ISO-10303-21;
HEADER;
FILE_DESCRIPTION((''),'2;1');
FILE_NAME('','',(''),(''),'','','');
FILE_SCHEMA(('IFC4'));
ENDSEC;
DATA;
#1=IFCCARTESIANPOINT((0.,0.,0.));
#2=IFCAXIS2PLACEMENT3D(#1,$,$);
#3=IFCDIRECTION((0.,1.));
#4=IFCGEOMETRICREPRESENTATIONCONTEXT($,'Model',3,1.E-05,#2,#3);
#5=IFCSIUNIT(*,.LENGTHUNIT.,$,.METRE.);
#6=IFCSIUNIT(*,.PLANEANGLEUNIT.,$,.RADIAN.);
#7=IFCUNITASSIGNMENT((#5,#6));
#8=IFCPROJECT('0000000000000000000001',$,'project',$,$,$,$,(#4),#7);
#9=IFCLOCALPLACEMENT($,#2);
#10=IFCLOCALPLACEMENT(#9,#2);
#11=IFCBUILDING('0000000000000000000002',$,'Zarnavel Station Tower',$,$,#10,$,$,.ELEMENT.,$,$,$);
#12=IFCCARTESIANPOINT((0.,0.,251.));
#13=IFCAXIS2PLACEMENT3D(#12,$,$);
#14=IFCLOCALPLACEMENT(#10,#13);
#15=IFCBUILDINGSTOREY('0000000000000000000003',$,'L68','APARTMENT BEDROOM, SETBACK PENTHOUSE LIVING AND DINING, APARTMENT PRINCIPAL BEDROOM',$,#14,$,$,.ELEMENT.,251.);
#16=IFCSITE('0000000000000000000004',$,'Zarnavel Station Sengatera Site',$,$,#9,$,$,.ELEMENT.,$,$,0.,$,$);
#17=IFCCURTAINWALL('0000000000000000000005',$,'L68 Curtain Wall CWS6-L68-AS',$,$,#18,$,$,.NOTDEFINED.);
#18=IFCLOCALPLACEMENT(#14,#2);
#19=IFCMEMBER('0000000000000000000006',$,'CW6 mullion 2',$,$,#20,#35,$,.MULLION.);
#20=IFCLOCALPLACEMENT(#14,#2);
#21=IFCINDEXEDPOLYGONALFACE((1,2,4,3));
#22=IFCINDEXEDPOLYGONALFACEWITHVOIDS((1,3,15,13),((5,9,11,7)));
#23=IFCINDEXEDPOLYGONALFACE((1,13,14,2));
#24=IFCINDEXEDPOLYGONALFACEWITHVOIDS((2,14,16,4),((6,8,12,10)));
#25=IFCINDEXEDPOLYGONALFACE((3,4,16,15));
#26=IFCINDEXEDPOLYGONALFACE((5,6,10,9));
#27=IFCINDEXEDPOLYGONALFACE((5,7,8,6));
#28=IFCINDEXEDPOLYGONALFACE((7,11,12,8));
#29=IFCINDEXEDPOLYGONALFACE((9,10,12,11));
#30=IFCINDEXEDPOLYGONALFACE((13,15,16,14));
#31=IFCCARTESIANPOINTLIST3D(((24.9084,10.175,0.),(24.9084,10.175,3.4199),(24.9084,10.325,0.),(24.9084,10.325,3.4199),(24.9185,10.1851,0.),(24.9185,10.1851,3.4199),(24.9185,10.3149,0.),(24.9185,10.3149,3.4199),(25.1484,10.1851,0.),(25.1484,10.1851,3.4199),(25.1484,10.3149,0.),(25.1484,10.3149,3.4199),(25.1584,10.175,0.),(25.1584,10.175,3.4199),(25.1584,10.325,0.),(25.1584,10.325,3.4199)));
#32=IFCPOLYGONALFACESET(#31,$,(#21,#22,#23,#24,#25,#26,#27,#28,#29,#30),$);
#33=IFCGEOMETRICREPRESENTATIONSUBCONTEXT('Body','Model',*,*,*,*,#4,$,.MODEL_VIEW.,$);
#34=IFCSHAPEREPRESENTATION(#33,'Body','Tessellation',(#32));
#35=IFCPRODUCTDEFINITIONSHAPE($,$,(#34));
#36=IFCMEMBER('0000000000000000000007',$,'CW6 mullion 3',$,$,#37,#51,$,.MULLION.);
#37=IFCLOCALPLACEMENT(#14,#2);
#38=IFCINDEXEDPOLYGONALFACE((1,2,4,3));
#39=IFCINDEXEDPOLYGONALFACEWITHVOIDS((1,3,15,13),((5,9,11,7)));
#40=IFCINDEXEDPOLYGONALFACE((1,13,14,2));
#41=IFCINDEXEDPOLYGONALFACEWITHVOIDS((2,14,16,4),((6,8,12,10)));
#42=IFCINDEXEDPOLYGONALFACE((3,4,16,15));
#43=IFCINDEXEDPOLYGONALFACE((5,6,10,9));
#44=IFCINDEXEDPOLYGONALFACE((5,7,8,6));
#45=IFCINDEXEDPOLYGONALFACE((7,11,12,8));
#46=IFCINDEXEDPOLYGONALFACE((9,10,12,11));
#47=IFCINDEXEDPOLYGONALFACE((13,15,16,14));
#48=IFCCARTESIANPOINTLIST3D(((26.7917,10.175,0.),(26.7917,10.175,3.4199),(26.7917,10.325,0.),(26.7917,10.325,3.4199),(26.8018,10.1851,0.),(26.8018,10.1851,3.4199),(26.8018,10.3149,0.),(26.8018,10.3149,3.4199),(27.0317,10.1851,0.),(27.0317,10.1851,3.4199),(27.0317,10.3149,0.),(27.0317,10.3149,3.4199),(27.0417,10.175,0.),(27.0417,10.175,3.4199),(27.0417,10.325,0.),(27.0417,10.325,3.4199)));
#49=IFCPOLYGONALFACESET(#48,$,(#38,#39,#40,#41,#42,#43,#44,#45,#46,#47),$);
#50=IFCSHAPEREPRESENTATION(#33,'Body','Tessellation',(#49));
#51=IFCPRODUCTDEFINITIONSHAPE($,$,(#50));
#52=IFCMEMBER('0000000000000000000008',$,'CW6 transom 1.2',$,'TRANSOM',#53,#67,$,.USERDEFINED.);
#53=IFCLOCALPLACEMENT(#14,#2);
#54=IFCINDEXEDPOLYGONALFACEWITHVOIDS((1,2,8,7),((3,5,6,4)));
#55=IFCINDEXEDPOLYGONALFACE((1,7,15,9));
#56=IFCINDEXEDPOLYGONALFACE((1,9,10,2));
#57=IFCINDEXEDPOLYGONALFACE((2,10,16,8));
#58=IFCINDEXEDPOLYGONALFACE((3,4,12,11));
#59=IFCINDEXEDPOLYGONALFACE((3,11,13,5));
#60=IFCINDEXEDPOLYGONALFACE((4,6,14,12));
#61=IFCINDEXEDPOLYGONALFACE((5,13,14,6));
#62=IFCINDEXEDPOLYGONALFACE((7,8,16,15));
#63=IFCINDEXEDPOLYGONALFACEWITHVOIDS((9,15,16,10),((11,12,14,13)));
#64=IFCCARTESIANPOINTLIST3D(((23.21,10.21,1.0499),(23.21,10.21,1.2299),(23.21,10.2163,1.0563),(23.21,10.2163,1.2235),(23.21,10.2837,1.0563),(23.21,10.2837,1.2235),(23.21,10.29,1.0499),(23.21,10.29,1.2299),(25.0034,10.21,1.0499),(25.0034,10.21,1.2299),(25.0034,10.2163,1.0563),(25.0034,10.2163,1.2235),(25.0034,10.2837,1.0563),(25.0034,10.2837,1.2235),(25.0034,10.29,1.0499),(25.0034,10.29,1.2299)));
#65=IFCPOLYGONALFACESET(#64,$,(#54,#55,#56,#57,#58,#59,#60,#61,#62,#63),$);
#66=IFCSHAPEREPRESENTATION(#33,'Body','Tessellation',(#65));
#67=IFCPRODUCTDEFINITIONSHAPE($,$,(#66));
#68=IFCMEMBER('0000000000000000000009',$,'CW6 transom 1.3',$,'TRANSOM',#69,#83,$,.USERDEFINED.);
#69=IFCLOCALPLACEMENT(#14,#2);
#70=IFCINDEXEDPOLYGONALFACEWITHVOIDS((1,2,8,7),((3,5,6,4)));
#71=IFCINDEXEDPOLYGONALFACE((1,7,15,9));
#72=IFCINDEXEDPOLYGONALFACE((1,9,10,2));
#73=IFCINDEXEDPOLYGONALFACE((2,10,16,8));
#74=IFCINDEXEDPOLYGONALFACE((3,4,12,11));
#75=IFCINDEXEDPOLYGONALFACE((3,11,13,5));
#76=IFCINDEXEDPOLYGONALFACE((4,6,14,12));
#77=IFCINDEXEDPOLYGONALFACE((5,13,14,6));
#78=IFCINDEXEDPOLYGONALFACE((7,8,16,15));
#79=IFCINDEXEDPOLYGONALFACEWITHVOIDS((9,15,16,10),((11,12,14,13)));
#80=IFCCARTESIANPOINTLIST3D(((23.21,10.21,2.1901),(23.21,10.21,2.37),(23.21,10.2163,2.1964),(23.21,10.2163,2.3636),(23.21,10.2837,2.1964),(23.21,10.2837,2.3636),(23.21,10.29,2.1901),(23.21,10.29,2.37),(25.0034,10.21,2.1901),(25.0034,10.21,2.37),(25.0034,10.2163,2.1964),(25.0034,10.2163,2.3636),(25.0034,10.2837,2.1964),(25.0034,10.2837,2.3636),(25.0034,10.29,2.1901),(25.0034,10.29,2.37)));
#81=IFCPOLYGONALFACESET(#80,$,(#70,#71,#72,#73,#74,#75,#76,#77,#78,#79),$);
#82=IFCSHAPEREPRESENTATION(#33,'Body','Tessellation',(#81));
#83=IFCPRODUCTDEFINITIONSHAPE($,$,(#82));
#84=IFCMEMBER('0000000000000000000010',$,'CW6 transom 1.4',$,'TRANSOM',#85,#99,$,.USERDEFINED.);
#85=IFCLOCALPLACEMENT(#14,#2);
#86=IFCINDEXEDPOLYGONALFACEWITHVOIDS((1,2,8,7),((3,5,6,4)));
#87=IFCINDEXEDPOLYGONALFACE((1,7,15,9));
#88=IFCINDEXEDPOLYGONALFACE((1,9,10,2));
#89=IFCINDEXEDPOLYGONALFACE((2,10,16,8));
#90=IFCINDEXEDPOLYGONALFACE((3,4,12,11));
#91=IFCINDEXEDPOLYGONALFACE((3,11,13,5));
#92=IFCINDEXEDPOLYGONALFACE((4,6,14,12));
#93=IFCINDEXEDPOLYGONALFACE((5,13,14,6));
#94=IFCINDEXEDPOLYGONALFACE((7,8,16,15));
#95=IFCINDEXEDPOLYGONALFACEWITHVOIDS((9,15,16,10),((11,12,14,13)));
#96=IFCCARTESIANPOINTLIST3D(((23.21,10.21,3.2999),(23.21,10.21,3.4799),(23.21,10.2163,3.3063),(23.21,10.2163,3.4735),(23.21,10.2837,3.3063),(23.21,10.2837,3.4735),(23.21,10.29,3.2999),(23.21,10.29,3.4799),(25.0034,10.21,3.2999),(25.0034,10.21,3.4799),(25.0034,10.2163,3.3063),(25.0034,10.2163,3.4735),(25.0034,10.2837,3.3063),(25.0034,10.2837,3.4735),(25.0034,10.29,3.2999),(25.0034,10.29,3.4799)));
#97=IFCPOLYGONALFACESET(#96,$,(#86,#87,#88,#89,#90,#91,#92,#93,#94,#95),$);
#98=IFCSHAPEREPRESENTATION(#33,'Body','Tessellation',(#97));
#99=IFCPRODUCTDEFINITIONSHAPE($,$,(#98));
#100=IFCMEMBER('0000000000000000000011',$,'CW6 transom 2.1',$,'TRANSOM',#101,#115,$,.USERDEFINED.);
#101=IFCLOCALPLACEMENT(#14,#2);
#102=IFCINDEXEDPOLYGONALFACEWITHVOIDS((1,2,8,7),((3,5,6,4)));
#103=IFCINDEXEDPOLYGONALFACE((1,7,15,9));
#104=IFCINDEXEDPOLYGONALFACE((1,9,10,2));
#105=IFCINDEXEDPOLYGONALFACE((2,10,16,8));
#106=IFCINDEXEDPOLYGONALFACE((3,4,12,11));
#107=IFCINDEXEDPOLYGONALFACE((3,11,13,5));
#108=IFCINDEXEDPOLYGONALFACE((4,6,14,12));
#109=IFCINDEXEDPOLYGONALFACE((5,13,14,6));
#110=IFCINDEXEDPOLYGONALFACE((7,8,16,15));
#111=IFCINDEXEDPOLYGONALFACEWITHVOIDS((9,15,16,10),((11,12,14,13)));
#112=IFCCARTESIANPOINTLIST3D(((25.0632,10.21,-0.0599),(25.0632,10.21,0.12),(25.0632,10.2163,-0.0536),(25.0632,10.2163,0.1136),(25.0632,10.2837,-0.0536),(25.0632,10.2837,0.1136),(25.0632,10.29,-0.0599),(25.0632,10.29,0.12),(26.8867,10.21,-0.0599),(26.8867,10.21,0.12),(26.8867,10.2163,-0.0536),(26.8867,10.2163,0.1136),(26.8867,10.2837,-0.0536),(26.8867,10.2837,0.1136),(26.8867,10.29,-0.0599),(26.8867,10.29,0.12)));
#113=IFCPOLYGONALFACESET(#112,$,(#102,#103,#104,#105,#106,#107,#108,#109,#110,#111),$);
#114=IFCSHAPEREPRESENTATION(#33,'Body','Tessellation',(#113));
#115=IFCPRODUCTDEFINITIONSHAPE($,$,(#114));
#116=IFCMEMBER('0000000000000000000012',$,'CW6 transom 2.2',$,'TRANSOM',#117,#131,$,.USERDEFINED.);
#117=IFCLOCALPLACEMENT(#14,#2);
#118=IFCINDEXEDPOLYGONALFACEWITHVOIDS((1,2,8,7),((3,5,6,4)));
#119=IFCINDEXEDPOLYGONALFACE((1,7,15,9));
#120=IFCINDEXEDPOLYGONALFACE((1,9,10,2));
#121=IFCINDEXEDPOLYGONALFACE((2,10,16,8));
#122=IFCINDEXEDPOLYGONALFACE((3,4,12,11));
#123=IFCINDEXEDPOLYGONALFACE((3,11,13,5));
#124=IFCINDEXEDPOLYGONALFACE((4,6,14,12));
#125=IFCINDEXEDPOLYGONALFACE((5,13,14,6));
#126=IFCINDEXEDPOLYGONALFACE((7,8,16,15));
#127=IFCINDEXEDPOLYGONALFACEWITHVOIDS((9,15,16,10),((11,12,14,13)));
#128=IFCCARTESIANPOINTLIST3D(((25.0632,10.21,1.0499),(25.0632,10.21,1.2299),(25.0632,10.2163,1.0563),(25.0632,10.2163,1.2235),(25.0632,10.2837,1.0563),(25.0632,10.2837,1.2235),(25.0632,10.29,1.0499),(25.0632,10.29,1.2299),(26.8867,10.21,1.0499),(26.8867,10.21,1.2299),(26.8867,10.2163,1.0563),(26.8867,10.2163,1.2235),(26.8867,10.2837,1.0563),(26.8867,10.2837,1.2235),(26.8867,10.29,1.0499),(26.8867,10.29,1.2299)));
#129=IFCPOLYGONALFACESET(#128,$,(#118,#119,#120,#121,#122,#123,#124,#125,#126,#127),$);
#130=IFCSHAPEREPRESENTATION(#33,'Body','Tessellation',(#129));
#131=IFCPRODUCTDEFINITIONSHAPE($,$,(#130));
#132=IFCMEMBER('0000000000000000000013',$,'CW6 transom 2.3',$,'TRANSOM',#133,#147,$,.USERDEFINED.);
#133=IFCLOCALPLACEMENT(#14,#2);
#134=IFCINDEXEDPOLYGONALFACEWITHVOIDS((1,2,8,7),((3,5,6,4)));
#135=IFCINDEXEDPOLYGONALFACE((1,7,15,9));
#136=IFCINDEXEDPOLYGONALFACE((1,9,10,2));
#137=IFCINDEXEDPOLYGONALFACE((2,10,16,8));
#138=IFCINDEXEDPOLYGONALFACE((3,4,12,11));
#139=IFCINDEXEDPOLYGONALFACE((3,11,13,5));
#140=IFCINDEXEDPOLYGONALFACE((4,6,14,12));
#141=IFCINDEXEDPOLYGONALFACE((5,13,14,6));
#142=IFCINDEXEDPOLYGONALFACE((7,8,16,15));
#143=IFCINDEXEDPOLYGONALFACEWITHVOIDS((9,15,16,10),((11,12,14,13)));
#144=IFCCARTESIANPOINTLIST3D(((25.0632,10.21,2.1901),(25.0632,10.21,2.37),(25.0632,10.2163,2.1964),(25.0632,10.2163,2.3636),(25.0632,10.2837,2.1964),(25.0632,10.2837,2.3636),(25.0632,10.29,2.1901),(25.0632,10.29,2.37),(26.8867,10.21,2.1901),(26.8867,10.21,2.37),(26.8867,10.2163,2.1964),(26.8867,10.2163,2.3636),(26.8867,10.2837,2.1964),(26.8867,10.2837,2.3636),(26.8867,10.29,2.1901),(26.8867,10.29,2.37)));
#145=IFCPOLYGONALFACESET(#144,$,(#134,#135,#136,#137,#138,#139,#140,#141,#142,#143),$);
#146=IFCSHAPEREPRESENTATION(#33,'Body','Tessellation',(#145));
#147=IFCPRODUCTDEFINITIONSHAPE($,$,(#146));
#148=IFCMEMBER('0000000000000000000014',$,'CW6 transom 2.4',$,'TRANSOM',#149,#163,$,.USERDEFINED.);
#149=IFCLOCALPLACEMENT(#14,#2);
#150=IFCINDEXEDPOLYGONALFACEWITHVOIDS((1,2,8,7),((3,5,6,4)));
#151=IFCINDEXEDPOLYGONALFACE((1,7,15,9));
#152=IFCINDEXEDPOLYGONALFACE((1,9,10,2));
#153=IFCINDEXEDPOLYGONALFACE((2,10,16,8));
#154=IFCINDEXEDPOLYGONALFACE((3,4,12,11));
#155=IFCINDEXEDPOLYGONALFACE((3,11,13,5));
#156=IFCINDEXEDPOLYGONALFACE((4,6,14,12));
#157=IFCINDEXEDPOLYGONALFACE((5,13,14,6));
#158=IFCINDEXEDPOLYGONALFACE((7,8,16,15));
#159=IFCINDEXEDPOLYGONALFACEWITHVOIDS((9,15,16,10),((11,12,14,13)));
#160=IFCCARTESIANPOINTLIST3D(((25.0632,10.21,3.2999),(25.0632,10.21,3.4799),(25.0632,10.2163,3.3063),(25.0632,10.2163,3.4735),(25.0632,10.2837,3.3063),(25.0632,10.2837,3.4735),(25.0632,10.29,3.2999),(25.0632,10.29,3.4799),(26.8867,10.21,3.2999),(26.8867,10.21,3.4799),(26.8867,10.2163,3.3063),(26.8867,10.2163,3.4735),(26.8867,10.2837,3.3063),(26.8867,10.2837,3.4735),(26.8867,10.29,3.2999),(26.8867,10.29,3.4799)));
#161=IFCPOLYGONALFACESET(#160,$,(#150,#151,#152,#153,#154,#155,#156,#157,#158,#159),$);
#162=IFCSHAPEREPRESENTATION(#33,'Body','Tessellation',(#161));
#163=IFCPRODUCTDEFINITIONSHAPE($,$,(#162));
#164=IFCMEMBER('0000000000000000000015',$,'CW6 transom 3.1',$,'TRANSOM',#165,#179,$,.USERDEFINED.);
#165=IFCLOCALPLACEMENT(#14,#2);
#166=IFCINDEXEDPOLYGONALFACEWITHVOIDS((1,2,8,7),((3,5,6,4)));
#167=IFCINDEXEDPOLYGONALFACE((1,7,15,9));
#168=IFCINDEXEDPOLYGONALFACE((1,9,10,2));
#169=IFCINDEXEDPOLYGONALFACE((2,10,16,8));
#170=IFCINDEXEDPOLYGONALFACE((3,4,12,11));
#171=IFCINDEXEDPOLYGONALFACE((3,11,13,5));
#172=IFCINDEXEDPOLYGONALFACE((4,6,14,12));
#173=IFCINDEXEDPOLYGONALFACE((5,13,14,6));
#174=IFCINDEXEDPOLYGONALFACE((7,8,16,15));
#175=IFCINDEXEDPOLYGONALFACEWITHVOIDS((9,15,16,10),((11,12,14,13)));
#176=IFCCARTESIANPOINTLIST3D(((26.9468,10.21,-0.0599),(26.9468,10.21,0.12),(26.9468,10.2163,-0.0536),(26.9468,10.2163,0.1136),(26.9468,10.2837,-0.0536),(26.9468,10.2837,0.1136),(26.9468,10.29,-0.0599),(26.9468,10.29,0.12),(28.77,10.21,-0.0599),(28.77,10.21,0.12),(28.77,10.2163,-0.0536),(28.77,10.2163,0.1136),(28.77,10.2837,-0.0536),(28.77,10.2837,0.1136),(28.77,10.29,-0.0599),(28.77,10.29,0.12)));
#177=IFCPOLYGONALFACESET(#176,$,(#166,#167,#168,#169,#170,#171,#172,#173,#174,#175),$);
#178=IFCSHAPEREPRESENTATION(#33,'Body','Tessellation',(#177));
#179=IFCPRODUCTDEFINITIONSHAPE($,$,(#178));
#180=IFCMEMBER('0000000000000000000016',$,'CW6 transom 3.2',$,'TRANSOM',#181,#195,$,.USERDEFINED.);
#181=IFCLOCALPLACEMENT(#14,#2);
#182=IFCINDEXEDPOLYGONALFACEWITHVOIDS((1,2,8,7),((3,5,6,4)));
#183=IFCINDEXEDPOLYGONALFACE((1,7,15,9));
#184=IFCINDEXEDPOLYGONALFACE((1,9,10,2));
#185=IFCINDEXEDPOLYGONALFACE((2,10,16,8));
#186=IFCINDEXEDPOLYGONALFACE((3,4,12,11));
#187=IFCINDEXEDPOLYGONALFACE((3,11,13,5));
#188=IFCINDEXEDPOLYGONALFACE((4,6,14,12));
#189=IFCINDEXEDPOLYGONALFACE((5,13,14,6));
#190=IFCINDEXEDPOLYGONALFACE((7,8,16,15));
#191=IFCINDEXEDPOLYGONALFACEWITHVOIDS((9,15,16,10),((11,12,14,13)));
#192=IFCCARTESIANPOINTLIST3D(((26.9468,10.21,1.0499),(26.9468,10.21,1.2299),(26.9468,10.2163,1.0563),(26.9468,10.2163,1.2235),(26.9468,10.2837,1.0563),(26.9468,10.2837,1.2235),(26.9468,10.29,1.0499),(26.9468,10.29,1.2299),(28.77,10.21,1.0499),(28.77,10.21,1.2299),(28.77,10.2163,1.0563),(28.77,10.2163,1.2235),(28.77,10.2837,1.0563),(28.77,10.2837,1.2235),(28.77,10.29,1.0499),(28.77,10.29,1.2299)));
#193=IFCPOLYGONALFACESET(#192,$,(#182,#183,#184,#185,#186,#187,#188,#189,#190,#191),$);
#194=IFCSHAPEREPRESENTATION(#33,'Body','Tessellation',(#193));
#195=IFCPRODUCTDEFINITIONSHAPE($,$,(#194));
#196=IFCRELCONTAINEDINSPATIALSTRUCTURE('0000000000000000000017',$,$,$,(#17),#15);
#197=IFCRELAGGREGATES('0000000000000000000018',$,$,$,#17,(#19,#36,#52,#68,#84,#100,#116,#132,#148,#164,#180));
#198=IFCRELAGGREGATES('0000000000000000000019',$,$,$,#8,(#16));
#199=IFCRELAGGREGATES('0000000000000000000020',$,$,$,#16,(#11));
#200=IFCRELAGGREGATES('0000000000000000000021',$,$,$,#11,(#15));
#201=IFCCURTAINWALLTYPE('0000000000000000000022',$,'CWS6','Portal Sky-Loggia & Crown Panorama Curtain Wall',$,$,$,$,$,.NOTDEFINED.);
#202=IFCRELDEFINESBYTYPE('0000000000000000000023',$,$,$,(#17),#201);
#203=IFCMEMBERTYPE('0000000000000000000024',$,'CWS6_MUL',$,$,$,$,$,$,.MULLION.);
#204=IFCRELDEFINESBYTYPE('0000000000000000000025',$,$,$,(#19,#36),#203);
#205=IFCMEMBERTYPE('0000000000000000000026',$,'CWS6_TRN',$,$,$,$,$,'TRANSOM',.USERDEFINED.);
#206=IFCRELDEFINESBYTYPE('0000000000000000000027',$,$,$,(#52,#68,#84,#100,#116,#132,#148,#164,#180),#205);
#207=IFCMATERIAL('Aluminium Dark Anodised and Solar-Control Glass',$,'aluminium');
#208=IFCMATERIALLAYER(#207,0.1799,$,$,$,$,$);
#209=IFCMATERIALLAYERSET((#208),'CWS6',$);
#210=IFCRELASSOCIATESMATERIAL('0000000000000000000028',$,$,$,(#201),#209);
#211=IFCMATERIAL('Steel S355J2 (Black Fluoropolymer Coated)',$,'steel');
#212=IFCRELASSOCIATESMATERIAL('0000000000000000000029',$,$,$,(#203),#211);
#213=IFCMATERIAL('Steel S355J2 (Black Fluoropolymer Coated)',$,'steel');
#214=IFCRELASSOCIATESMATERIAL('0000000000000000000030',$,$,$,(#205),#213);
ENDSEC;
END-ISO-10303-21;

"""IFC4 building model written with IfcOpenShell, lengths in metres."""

from ifc_helpers import new_model, si_unit, direction, frame, origin, origin_2d, place, context, subcontext, project, spatial, hollow_rectangle, extrude, material, layer, layer_set, material_profile, profile_set, type_object, element, aggregate, save


model = new_model("IFC4")

# Units and contexts
model_context = context("Model", 3, precision=1e-05, world=origin(), true_north=direction((0.0, 1.0)))
body_context = subcontext(model_context, "Body", "Model", "MODEL_VIEW")
ifc_project = project(units=[si_unit("LENGTHUNIT", "METRE"), si_unit("PLANEANGLEUNIT", "RADIAN")], contexts=[model_context])

# Site, building, storey
site_placement = place(None, origin())
site = spatial("IfcSite", under=ifc_project, at=site_placement, Name="Zarnavel Station Sengatera Site", CompositionType="ELEMENT", RefElevation=0.0)
building_placement = place(site_placement, origin())
building = spatial("IfcBuilding", under=site, at=building_placement, Name="Zarnavel Station Tower", CompositionType="ELEMENT")
storey_placement = place(building_placement, frame((0.0, 0.0, 251.0)))
storey = spatial("IfcBuildingStorey", under=building, at=storey_placement, Name="L68", Description="APARTMENT BEDROOM, SETBACK PENTHOUSE LIVING AND DINING, APARTMENT PRINCIPAL BEDROOM", CompositionType="ELEMENT", Elevation=251.0)

# Curtain wall, members
ifc_material_1 = material(Name="Aluminium Dark Anodised and Solar-Control Glass", Category="aluminium")
ifc_layer_1 = layer(ifc_material_1, 0.1799)
ifc_layer_set_1 = layer_set([ifc_layer_1], Name="CWS6")
curtain_wall_type = type_object("IfcCurtainWallType", Name="CWS6", Description="Portal Sky-Loggia & Crown Panorama Curtain Wall", PredefinedType="NOTDEFINED", material=ifc_layer_set_1)
curtain_wall_placement = place(storey_placement, origin())
curtain_wall = element("IfcCurtainWall", 1, at=curtain_wall_placement, inside=storey, type_object=curtain_wall_type, Name="L68 Curtain Wall CWS6-L68-AS", PredefinedType="NOTDEFINED")
ifc_material_2 = material(Name="Steel S355J2 (Black Fluoropolymer Coated)", Category="steel")
ifc_material_profile_1 = material_profile(ifc_material_2, hollow_rectangle(XDim=0.1499, YDim=0.25, WallThickness=0.01, at=origin_2d()), Name="RHS250x150x10")
ifc_profile_set_1 = profile_set([ifc_material_profile_1], Name="Steel S355J2 (Black Fluoropolymer Coated)")
member_type_1 = type_object("IfcMemberType", Name="CWS6_MUL", PredefinedType="MULLION", material=ifc_profile_set_1)
member_1_placement = place(storey_placement, frame((25.0334, 10.25, 0.0), z_axis=(0.0, 0.0, 1.0), x_axis=(0.0, 1.0, 0.0)))
member_1 = element("IfcMember", 2, at=member_1_placement, type_object=member_type_1, Name="CW6 mullion 2", PredefinedType="MULLION", context=body_context, shape_type="SweptSolid", body=[
    extrude(hollow_rectangle(XDim=0.1499, YDim=0.25, WallThickness=0.01, at=origin_2d()), origin(), (0.0, 0.0, 1.0), 3.4199),
])
member_2_placement = place(storey_placement, frame((26.9167, 10.25, 0.0), z_axis=(0.0, 0.0, 1.0), x_axis=(0.0, 1.0, 0.0)))
member_2 = element("IfcMember", 3, at=member_2_placement, type_object=member_type_1, Name="CW6 mullion 3", PredefinedType="MULLION", context=body_context, shape_type="SweptSolid", body=[
    extrude(hollow_rectangle(XDim=0.1499, YDim=0.25, WallThickness=0.01, at=origin_2d()), origin(), (0.0, 0.0, 1.0), 3.4199),
])
ifc_material_3 = material(Name="Steel S355J2 (Black Fluoropolymer Coated)", Category="steel")
ifc_material_profile_2 = material_profile(ifc_material_3, hollow_rectangle(XDim=0.0801, YDim=0.1799, WallThickness=0.0063, at=origin_2d()), Name="RHS180x80x6.3")
ifc_profile_set_2 = profile_set([ifc_material_profile_2], Name="Steel S355J2 (Black Fluoropolymer Coated)")
member_type_2 = type_object("IfcMemberType", Name="CWS6_TRN", ElementType="TRANSOM", PredefinedType="USERDEFINED", material=ifc_profile_set_2)
member_3_placement = place(storey_placement, frame((23.21, 10.25, 1.1399), z_axis=(1.0, 0.0, 0.0), x_axis=(0.0, 1.0, 0.0)))
member_3 = element("IfcMember", 4, at=member_3_placement, type_object=member_type_2, Name="CW6 transom 1.2", ObjectType="TRANSOM", PredefinedType="USERDEFINED", context=body_context, shape_type="SweptSolid", body=[
    extrude(hollow_rectangle(XDim=0.0801, YDim=0.1799, WallThickness=0.0063, at=origin_2d()), origin(), (0.0, 0.0, 1.0), 1.7935),
])
member_4_placement = place(storey_placement, frame((23.21, 10.25, 2.28), z_axis=(1.0, 0.0, 0.0), x_axis=(0.0, 1.0, 0.0)))
member_4 = element("IfcMember", 5, at=member_4_placement, type_object=member_type_2, Name="CW6 transom 1.3", ObjectType="TRANSOM", PredefinedType="USERDEFINED", context=body_context, shape_type="SweptSolid", body=[
    extrude(hollow_rectangle(XDim=0.0801, YDim=0.1799, WallThickness=0.0063, at=origin_2d()), origin(), (0.0, 0.0, 1.0), 1.7935),
])
member_5_placement = place(storey_placement, frame((23.21, 10.25, 3.3899), z_axis=(1.0, 0.0, 0.0), x_axis=(0.0, 1.0, 0.0)))
member_5 = element("IfcMember", 6, at=member_5_placement, type_object=member_type_2, Name="CW6 transom 1.4", ObjectType="TRANSOM", PredefinedType="USERDEFINED", context=body_context, shape_type="SweptSolid", body=[
    extrude(hollow_rectangle(XDim=0.0801, YDim=0.1799, WallThickness=0.0063, at=origin_2d()), origin(), (0.0, 0.0, 1.0), 1.7935),
])
member_6_placement = place(storey_placement, frame((25.0632, 10.25, 0.03), z_axis=(1.0, 0.0, 0.0), x_axis=(0.0, 1.0, 0.0)))
member_6 = element("IfcMember", 7, at=member_6_placement, type_object=member_type_2, Name="CW6 transom 2.1", ObjectType="TRANSOM", PredefinedType="USERDEFINED", context=body_context, shape_type="SweptSolid", body=[
    extrude(hollow_rectangle(XDim=0.0801, YDim=0.1799, WallThickness=0.0063, at=origin_2d()), origin(), (0.0, 0.0, 1.0), 1.8235),
])
member_7_placement = place(storey_placement, frame((25.0632, 10.25, 1.1399), z_axis=(1.0, 0.0, 0.0), x_axis=(0.0, 1.0, 0.0)))
member_7 = element("IfcMember", 8, at=member_7_placement, type_object=member_type_2, Name="CW6 transom 2.2", ObjectType="TRANSOM", PredefinedType="USERDEFINED", context=body_context, shape_type="SweptSolid", body=[
    extrude(hollow_rectangle(XDim=0.0801, YDim=0.1799, WallThickness=0.0063, at=origin_2d()), origin(), (0.0, 0.0, 1.0), 1.8235),
])
member_8_placement = place(storey_placement, frame((25.0632, 10.25, 2.28), z_axis=(1.0, 0.0, 0.0), x_axis=(0.0, 1.0, 0.0)))
member_8 = element("IfcMember", 9, at=member_8_placement, type_object=member_type_2, Name="CW6 transom 2.3", ObjectType="TRANSOM", PredefinedType="USERDEFINED", context=body_context, shape_type="SweptSolid", body=[
    extrude(hollow_rectangle(XDim=0.0801, YDim=0.1799, WallThickness=0.0063, at=origin_2d()), origin(), (0.0, 0.0, 1.0), 1.8235),
])
member_9_placement = place(storey_placement, frame((25.0632, 10.25, 3.3899), z_axis=(1.0, 0.0, 0.0), x_axis=(0.0, 1.0, 0.0)))
member_9 = element("IfcMember", 10, at=member_9_placement, type_object=member_type_2, Name="CW6 transom 2.4", ObjectType="TRANSOM", PredefinedType="USERDEFINED", context=body_context, shape_type="SweptSolid", body=[
    extrude(hollow_rectangle(XDim=0.0801, YDim=0.1799, WallThickness=0.0063, at=origin_2d()), origin(), (0.0, 0.0, 1.0), 1.8235),
])
member_10_placement = place(storey_placement, frame((26.9468, 10.25, 0.03), z_axis=(1.0, 0.0, 0.0), x_axis=(0.0, 1.0, 0.0)))
member_10 = element("IfcMember", 11, at=member_10_placement, type_object=member_type_2, Name="CW6 transom 3.1", ObjectType="TRANSOM", PredefinedType="USERDEFINED", context=body_context, shape_type="SweptSolid", body=[
    extrude(hollow_rectangle(XDim=0.0801, YDim=0.1799, WallThickness=0.0063, at=origin_2d()), origin(), (0.0, 0.0, 1.0), 1.8232),
])
member_11_placement = place(storey_placement, frame((26.9468, 10.25, 1.1399), z_axis=(1.0, 0.0, 0.0), x_axis=(0.0, 1.0, 0.0)))
member_11 = element("IfcMember", 12, at=member_11_placement, type_object=member_type_2, Name="CW6 transom 3.2", ObjectType="TRANSOM", PredefinedType="USERDEFINED", context=body_context, shape_type="SweptSolid", body=[
    extrude(hollow_rectangle(XDim=0.0801, YDim=0.1799, WallThickness=0.0063, at=origin_2d()), origin(), (0.0, 0.0, 1.0), 1.8232),
])
aggregate(curtain_wall, [member_1, member_2, member_3, member_4, member_5, member_6, member_7, member_8, member_9, member_10, member_11])

save(model, "model.ifc")
